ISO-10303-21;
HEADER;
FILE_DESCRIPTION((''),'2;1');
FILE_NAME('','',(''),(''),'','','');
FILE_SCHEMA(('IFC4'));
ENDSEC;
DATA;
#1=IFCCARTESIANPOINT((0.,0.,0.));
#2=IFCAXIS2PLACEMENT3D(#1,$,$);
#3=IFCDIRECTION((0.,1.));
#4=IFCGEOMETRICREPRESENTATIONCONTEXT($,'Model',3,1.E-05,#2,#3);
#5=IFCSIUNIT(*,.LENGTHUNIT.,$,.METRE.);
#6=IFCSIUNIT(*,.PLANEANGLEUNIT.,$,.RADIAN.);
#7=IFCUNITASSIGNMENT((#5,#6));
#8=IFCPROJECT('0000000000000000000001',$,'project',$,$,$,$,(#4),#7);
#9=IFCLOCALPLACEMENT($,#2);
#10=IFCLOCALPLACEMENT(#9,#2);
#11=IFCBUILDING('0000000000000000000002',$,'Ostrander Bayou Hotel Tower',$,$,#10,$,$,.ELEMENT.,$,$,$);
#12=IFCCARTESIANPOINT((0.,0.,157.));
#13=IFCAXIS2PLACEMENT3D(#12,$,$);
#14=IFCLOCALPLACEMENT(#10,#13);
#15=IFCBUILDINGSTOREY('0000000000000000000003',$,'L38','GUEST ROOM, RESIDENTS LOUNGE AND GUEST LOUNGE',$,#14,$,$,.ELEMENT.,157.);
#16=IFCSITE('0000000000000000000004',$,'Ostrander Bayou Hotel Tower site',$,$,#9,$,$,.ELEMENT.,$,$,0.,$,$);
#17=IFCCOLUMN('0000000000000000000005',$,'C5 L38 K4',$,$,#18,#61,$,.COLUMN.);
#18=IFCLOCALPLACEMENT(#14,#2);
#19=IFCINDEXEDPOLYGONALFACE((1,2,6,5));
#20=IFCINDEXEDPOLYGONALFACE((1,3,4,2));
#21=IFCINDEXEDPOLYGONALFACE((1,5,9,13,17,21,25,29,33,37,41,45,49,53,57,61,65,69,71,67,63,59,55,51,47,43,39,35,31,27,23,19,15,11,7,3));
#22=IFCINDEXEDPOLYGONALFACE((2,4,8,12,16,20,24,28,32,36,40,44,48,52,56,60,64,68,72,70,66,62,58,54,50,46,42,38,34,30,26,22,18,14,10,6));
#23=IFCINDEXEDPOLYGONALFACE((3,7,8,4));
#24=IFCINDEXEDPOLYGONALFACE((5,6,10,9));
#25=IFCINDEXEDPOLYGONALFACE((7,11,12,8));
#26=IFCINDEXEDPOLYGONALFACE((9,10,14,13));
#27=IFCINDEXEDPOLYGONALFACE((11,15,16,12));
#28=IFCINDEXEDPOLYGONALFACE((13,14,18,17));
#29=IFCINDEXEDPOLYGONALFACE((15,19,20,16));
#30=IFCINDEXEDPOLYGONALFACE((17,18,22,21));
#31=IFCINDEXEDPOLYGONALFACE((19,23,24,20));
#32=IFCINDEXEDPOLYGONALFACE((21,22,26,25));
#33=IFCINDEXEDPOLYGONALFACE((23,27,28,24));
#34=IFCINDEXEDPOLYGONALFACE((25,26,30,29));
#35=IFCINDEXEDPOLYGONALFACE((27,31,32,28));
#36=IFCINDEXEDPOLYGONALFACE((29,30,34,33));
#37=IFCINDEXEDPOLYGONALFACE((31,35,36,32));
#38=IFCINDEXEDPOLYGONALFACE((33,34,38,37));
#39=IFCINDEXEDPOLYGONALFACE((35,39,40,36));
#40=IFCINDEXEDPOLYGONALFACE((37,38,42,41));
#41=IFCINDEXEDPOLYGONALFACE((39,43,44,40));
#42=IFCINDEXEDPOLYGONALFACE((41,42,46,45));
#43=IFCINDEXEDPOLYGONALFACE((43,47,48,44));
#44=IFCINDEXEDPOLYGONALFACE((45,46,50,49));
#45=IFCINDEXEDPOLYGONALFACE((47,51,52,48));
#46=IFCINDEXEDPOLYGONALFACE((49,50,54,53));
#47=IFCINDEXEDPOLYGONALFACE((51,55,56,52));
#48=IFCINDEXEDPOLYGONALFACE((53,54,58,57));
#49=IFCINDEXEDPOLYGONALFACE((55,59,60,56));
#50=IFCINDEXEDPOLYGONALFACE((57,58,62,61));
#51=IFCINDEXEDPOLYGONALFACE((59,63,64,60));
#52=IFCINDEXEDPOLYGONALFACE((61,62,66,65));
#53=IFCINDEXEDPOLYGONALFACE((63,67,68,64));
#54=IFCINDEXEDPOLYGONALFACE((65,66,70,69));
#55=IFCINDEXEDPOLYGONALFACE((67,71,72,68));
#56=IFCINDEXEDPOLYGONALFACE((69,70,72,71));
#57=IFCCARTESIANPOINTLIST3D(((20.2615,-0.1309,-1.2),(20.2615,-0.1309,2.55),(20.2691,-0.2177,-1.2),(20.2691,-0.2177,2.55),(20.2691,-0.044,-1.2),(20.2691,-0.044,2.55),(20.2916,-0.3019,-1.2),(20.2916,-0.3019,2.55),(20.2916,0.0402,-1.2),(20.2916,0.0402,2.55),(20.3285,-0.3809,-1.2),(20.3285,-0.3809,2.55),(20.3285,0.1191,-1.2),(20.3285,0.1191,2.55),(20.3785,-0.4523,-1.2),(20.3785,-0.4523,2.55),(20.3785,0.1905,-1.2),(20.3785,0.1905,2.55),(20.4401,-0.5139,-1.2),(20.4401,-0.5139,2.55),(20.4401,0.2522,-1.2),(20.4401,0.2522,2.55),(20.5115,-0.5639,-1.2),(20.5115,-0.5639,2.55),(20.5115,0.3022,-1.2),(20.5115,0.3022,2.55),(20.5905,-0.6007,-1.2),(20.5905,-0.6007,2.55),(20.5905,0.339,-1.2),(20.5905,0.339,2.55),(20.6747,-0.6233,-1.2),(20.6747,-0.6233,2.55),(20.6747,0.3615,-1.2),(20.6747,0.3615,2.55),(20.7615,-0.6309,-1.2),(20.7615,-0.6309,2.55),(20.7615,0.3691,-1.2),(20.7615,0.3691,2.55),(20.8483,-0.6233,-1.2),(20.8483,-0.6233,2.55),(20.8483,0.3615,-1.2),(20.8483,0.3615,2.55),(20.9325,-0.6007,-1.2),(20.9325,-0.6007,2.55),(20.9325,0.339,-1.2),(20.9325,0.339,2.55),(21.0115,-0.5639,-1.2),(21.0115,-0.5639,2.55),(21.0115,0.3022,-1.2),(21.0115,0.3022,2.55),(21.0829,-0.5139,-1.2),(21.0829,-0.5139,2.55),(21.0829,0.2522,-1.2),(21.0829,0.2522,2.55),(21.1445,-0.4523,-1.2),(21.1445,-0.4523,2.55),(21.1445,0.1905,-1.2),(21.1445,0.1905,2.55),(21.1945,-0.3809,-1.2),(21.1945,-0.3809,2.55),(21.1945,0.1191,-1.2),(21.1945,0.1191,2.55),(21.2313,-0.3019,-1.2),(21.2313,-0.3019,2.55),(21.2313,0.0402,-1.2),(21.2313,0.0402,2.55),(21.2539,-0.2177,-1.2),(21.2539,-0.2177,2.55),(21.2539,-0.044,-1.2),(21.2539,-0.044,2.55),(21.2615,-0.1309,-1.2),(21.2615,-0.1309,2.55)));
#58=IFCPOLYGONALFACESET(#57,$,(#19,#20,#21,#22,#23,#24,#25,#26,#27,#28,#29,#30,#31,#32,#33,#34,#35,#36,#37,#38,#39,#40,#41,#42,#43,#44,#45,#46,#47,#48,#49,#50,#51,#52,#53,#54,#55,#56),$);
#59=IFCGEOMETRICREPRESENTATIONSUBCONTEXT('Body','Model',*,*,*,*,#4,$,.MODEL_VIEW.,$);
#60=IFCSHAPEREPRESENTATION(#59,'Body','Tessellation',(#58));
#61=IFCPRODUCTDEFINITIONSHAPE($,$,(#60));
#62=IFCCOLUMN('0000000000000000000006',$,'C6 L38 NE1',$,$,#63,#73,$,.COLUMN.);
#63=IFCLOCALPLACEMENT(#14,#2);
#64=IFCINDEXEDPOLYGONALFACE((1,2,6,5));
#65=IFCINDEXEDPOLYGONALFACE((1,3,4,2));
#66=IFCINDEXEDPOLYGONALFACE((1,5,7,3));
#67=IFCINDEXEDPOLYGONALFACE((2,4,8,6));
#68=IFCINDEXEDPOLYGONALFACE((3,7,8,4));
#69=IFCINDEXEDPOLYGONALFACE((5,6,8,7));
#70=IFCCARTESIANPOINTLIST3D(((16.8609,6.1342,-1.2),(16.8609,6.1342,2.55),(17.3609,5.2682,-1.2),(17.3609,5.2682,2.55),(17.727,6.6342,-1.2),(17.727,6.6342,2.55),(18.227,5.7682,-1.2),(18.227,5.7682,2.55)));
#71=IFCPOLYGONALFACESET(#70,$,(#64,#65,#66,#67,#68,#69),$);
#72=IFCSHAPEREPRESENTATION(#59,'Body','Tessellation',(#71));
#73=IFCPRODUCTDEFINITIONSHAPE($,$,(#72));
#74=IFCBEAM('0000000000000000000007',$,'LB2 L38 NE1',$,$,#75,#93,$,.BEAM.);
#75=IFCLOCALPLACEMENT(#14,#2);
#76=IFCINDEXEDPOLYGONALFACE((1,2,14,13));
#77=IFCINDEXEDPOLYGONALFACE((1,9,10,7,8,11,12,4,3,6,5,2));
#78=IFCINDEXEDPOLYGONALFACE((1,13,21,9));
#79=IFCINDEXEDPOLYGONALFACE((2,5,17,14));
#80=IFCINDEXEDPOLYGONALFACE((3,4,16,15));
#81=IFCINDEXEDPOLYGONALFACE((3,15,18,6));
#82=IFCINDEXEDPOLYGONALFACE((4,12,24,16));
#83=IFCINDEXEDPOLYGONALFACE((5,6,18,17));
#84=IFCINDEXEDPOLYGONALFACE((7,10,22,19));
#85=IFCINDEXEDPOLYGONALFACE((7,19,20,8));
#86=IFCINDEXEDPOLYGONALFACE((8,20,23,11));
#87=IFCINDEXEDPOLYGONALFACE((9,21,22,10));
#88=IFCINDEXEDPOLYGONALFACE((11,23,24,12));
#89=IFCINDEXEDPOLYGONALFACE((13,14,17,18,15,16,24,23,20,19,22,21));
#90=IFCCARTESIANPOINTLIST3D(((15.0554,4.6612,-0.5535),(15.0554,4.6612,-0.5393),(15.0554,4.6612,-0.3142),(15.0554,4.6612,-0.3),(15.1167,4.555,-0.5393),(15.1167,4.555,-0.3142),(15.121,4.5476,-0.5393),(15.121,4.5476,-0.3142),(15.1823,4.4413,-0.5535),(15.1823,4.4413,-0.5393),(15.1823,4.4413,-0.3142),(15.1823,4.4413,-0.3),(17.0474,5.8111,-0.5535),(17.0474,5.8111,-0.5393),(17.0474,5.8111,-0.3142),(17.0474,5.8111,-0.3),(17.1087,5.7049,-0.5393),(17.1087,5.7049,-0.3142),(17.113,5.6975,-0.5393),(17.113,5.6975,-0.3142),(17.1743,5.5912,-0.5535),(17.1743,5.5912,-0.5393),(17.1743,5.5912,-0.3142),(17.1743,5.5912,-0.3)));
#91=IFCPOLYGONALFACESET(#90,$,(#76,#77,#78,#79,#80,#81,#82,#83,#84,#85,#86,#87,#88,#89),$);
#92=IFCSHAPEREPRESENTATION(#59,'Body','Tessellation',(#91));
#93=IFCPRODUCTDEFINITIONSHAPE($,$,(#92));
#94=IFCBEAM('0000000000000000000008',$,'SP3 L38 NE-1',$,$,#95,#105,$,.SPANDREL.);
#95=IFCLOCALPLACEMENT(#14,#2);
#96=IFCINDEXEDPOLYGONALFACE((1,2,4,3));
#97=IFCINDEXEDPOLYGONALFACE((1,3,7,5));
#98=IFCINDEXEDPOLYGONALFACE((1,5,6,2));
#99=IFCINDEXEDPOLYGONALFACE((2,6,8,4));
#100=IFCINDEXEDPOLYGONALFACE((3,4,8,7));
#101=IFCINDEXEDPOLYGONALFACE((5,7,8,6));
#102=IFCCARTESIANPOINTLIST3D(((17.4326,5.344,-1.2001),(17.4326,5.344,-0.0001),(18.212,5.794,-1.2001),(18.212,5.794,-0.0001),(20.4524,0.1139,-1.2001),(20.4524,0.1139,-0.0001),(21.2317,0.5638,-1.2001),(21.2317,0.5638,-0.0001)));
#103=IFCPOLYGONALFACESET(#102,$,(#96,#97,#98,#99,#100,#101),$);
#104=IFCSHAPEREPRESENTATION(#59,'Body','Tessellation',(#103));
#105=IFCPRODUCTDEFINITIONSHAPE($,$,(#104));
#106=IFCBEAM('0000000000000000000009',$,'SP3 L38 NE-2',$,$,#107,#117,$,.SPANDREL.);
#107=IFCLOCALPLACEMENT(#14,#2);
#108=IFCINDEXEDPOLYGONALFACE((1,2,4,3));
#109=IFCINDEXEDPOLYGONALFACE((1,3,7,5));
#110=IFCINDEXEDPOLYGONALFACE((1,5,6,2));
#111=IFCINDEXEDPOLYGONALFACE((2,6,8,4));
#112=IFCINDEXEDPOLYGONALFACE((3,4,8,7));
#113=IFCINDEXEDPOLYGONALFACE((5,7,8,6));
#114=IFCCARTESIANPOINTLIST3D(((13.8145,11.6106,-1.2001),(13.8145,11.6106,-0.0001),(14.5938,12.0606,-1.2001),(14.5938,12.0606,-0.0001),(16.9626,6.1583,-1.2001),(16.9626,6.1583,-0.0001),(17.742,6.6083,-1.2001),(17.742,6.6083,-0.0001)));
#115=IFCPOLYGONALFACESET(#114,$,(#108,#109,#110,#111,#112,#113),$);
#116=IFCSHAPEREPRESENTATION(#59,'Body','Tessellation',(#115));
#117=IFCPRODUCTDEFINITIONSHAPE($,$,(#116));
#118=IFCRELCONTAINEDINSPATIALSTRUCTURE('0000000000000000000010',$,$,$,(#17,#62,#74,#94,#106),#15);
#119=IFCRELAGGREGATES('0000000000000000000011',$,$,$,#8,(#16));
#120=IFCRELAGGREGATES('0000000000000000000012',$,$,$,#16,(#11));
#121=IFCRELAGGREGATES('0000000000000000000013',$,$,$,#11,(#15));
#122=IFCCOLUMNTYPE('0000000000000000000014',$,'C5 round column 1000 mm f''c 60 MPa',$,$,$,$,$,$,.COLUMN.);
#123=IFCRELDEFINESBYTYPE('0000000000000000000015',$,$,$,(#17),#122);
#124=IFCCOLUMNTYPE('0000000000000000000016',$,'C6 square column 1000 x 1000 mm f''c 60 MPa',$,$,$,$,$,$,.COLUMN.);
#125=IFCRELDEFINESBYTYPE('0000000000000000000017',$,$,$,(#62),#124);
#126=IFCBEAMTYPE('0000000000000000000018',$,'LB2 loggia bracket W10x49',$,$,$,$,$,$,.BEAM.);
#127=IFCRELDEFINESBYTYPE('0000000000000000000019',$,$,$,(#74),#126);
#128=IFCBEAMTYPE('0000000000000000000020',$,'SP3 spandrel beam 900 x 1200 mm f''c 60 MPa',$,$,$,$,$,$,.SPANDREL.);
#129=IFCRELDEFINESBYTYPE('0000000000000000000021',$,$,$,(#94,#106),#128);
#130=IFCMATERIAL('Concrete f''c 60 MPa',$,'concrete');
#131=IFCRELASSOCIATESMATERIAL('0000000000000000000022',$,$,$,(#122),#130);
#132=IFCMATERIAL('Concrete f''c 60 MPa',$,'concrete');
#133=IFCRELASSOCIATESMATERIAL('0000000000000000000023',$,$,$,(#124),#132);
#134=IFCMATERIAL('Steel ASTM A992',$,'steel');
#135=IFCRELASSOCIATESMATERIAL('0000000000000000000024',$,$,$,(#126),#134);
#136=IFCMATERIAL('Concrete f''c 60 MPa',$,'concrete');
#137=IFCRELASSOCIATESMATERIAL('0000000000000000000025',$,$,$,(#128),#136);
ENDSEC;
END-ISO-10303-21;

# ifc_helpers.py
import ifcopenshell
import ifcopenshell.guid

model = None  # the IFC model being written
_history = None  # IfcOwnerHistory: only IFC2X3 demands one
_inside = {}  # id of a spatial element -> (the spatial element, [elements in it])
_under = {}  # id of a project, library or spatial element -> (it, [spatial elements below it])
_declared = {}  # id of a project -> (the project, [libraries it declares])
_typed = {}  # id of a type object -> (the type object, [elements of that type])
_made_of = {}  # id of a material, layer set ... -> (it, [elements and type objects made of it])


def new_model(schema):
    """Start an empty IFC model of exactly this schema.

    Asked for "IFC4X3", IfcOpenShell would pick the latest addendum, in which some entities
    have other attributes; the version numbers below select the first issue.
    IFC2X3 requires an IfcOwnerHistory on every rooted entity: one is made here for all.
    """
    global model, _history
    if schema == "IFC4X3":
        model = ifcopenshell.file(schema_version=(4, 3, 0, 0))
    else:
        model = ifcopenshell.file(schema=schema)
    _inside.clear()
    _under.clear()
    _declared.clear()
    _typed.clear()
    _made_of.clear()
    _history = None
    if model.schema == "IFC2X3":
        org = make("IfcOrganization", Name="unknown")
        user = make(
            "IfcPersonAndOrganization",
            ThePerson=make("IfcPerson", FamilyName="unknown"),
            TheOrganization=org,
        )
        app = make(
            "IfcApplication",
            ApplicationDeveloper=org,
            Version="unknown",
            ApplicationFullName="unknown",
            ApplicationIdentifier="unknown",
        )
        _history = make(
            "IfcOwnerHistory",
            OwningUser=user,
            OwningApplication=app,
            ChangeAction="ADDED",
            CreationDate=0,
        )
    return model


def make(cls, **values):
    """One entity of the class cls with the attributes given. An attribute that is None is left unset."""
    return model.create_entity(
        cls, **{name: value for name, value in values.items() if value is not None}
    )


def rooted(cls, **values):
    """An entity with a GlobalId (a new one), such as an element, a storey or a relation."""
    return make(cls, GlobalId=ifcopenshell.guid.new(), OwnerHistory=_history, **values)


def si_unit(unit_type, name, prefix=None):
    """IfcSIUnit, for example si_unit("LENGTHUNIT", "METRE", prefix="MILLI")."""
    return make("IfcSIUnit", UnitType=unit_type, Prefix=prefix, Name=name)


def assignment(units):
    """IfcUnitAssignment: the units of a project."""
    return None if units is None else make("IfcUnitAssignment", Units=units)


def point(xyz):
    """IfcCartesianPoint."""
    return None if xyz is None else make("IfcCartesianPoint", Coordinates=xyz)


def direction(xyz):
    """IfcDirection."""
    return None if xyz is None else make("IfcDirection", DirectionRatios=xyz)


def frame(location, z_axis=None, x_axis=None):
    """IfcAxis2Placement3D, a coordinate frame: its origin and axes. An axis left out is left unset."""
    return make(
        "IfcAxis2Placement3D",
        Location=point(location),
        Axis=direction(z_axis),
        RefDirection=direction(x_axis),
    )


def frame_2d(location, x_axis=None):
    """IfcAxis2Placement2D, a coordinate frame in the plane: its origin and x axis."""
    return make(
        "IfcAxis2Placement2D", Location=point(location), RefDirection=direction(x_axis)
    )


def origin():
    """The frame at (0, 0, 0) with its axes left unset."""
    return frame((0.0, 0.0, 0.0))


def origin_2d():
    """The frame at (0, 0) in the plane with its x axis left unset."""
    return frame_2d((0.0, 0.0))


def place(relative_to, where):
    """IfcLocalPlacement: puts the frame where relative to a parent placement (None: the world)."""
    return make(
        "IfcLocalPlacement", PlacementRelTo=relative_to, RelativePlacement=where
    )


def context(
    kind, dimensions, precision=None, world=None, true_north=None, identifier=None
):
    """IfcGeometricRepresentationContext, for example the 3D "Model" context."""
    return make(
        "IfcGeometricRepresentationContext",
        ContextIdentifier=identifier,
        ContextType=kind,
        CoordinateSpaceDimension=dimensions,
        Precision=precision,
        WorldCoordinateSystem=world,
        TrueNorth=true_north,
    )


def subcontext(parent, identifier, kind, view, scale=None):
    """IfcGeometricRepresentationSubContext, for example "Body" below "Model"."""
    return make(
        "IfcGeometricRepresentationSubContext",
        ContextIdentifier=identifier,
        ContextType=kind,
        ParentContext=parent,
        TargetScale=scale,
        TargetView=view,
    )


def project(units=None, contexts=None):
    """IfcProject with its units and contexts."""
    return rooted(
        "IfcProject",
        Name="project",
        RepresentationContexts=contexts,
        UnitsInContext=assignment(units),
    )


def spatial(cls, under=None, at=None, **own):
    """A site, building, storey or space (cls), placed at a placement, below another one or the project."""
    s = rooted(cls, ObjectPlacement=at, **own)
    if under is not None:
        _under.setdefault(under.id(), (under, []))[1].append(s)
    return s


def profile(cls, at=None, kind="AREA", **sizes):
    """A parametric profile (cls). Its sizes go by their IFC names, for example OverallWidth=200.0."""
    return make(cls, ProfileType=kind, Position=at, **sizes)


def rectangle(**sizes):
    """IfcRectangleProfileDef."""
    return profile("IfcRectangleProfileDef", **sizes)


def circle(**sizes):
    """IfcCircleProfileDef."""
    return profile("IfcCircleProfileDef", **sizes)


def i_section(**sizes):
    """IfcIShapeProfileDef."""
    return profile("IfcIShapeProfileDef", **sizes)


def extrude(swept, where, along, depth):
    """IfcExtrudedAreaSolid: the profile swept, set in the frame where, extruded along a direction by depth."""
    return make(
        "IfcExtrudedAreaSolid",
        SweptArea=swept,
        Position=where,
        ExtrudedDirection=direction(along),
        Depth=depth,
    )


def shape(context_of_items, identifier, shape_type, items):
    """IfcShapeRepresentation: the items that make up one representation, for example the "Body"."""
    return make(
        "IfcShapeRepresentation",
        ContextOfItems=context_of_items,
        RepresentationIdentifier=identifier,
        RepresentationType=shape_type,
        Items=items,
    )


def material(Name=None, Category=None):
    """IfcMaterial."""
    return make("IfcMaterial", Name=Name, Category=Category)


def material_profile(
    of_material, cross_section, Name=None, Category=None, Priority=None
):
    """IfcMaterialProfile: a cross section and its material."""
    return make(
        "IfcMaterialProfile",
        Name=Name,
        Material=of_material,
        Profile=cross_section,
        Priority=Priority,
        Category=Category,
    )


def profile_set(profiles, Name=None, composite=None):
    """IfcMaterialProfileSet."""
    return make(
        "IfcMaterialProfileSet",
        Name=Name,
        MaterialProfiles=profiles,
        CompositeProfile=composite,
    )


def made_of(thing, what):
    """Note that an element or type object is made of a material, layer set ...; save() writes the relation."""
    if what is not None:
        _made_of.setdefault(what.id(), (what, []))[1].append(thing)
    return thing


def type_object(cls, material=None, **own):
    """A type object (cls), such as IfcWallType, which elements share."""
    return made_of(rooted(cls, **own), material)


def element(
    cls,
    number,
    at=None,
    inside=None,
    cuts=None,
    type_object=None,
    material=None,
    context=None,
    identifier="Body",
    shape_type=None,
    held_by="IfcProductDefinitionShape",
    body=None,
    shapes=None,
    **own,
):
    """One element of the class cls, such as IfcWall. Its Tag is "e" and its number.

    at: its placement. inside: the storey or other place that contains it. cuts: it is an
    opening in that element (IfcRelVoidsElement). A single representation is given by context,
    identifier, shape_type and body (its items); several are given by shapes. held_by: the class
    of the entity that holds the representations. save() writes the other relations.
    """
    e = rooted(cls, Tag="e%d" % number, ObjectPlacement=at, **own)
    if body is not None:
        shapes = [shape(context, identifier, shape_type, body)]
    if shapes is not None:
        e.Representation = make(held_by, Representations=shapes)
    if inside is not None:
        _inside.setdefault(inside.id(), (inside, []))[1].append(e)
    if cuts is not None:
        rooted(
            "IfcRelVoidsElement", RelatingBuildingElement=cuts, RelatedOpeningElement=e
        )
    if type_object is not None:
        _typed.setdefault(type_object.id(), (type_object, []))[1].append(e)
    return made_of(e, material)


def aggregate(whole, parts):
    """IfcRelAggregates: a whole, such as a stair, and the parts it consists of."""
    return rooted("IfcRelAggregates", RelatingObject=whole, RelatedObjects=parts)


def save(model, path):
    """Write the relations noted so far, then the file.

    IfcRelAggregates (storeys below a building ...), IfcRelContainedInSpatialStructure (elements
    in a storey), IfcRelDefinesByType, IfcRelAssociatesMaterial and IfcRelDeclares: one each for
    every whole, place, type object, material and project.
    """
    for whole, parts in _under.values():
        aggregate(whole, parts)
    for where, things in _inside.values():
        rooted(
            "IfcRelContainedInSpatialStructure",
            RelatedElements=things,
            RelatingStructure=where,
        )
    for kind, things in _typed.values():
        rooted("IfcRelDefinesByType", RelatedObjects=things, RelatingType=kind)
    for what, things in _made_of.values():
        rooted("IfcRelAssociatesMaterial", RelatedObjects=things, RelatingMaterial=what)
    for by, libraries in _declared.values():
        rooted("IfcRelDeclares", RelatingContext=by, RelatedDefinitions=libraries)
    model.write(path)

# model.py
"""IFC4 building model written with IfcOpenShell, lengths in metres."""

from ifc_helpers import new_model, si_unit, direction, frame, origin, origin_2d, place, context, subcontext, project, spatial, rectangle, circle, i_section, extrude, material, material_profile, profile_set, type_object, element, save


model = new_model("IFC4")

# Units and contexts
model_context = context("Model", 3, precision=1e-05, world=origin(), true_north=direction((0.0, 1.0)))
body_context = subcontext(model_context, "Body", "Model", "MODEL_VIEW")
ifc_project = project(units=[si_unit("LENGTHUNIT", "METRE"), si_unit("PLANEANGLEUNIT", "RADIAN")], contexts=[model_context])

# Site, building, storey
site_placement = place(None, origin())
site = spatial("IfcSite", under=ifc_project, at=site_placement, Name="Ostrander Bayou Hotel Tower site", CompositionType="ELEMENT", RefElevation=0.0)
building_placement = place(site_placement, origin())
building = spatial("IfcBuilding", under=site, at=building_placement, Name="Ostrander Bayou Hotel Tower", CompositionType="ELEMENT")
storey_placement = place(building_placement, frame((0.0, 0.0, 157.0)))
storey = spatial("IfcBuildingStorey", under=building, at=storey_placement, Name="L38", Description="GUEST ROOM, RESIDENTS LOUNGE AND GUEST LOUNGE", CompositionType="ELEMENT", Elevation=157.0)

# Columns
ifc_material_1 = material(Name="Concrete f'c 60 MPa", Category="concrete")
ifc_material_profile_1 = material_profile(ifc_material_1, circle(Radius=0.5, at=origin_2d()))
ifc_profile_set_1 = profile_set([ifc_material_profile_1], Name="Concrete f'c 60 MPa")
column_type_1 = type_object("IfcColumnType", Name="C5 round column 1000 mm f'c 60 MPa", PredefinedType="COLUMN", material=ifc_profile_set_1)
column_1_placement = place(storey_placement, frame((20.7615, -0.1309, -1.2), z_axis=(0.0, 0.0, 1.0), x_axis=(1.0, 0.0, 0.0)))
element("IfcColumn", 1, at=column_1_placement, inside=storey, type_object=column_type_1, Name="C5 L38 K4", PredefinedType="COLUMN", context=body_context, shape_type="SweptSolid", body=[
    extrude(circle(Radius=0.5, at=origin_2d()), origin(), (0.0, 0.0, 1.0), 3.75),
])
ifc_material_2 = material(Name="Concrete f'c 60 MPa", Category="concrete")
ifc_material_profile_2 = material_profile(ifc_material_2, rectangle(XDim=1.0, YDim=1.0, at=origin_2d()))
ifc_profile_set_2 = profile_set([ifc_material_profile_2], Name="Concrete f'c 60 MPa")
column_type_2 = type_object("IfcColumnType", Name="C6 square column 1000 x 1000 mm f'c 60 MPa", PredefinedType="COLUMN", material=ifc_profile_set_2)
column_2_placement = place(storey_placement, frame((17.5439, 5.9512, -1.2), z_axis=(0.0, 0.0, 1.0), x_axis=(0.5, -0.866025, 0.0)))
element("IfcColumn", 2, at=column_2_placement, inside=storey, type_object=column_type_2, Name="C6 L38 NE1", PredefinedType="COLUMN", context=body_context, shape_type="SweptSolid", body=[
    extrude(rectangle(XDim=1.0, YDim=1.0, at=origin_2d()), origin(), (0.0, 0.0, 1.0), 3.75),
])

# Beams
ifc_material_3 = material(Name="Steel ASTM A992", Category="steel")
ifc_material_profile_3 = material_profile(ifc_material_3, i_section(OverallWidth=0.2539, OverallDepth=0.2534, WebThickness=0.0085, FlangeThickness=0.0142, at=origin_2d()))
ifc_profile_set_3 = profile_set([ifc_material_profile_3], Name="Steel ASTM A992")
beam_type_1 = type_object("IfcBeamType", Name="LB2 loggia bracket W10x49", PredefinedType="BEAM", material=ifc_profile_set_3)
beam_1_placement = place(storey_placement, frame((17.1108, 5.7012, -0.4268), z_axis=(-0.866053, -0.499952, 0.0), x_axis=(0.499952, -0.866053, 0.0)))
element("IfcBeam", 3, at=beam_1_placement, inside=storey, type_object=beam_type_1, Name="LB2 L38 NE1", PredefinedType="BEAM", context=body_context, shape_type="SweptSolid", body=[
    extrude(i_section(OverallWidth=0.2539, OverallDepth=0.2534, WebThickness=0.0085, FlangeThickness=0.0142, at=origin_2d()), origin(), (0.0, 0.0, 1.0), 2.3),
])
ifc_material_4 = material(Name="Concrete f'c 60 MPa", Category="concrete")
ifc_material_profile_4 = material_profile(ifc_material_4, rectangle(XDim=0.8999, YDim=1.2, at=origin_2d()))
ifc_profile_set_4 = profile_set([ifc_material_profile_4], Name="Concrete f'c 60 MPa")
beam_type_2 = type_object("IfcBeamType", Name="SP3 spandrel beam 900 x 1200 mm f'c 60 MPa", PredefinedType="SPANDREL", material=ifc_profile_set_4)
beam_2_placement = place(storey_placement, frame((20.842, 0.3389, -0.6001), z_axis=(-0.500013, 0.866018, 0.0), x_axis=(-0.866018, -0.500013, 0.0)))
element("IfcBeam", 4, at=beam_2_placement, inside=storey, type_object=beam_type_2, Name="SP3 L38 NE-1", PredefinedType="SPANDREL", context=body_context, shape_type="SweptSolid", body=[
    extrude(rectangle(XDim=0.8999, YDim=1.2, at=origin_2d()), origin(), (0.0, 0.0, 1.0), 6.0393),
])
beam_3_placement = place(storey_placement, frame((17.3523, 6.3833, -0.6001), z_axis=(-0.50003, 0.866008, 0.0), x_axis=(-0.866008, -0.50003, 0.0)))
element("IfcBeam", 5, at=beam_3_placement, inside=storey, type_object=beam_type_2, Name="SP3 L38 NE-2", PredefinedType="SPANDREL", context=body_context, shape_type="SweptSolid", body=[
    extrude(rectangle(XDim=0.8999, YDim=1.2, at=origin_2d()), origin(), (0.0, 0.0, 1.0), 6.2959),
])

save(model, "model.ifc")
